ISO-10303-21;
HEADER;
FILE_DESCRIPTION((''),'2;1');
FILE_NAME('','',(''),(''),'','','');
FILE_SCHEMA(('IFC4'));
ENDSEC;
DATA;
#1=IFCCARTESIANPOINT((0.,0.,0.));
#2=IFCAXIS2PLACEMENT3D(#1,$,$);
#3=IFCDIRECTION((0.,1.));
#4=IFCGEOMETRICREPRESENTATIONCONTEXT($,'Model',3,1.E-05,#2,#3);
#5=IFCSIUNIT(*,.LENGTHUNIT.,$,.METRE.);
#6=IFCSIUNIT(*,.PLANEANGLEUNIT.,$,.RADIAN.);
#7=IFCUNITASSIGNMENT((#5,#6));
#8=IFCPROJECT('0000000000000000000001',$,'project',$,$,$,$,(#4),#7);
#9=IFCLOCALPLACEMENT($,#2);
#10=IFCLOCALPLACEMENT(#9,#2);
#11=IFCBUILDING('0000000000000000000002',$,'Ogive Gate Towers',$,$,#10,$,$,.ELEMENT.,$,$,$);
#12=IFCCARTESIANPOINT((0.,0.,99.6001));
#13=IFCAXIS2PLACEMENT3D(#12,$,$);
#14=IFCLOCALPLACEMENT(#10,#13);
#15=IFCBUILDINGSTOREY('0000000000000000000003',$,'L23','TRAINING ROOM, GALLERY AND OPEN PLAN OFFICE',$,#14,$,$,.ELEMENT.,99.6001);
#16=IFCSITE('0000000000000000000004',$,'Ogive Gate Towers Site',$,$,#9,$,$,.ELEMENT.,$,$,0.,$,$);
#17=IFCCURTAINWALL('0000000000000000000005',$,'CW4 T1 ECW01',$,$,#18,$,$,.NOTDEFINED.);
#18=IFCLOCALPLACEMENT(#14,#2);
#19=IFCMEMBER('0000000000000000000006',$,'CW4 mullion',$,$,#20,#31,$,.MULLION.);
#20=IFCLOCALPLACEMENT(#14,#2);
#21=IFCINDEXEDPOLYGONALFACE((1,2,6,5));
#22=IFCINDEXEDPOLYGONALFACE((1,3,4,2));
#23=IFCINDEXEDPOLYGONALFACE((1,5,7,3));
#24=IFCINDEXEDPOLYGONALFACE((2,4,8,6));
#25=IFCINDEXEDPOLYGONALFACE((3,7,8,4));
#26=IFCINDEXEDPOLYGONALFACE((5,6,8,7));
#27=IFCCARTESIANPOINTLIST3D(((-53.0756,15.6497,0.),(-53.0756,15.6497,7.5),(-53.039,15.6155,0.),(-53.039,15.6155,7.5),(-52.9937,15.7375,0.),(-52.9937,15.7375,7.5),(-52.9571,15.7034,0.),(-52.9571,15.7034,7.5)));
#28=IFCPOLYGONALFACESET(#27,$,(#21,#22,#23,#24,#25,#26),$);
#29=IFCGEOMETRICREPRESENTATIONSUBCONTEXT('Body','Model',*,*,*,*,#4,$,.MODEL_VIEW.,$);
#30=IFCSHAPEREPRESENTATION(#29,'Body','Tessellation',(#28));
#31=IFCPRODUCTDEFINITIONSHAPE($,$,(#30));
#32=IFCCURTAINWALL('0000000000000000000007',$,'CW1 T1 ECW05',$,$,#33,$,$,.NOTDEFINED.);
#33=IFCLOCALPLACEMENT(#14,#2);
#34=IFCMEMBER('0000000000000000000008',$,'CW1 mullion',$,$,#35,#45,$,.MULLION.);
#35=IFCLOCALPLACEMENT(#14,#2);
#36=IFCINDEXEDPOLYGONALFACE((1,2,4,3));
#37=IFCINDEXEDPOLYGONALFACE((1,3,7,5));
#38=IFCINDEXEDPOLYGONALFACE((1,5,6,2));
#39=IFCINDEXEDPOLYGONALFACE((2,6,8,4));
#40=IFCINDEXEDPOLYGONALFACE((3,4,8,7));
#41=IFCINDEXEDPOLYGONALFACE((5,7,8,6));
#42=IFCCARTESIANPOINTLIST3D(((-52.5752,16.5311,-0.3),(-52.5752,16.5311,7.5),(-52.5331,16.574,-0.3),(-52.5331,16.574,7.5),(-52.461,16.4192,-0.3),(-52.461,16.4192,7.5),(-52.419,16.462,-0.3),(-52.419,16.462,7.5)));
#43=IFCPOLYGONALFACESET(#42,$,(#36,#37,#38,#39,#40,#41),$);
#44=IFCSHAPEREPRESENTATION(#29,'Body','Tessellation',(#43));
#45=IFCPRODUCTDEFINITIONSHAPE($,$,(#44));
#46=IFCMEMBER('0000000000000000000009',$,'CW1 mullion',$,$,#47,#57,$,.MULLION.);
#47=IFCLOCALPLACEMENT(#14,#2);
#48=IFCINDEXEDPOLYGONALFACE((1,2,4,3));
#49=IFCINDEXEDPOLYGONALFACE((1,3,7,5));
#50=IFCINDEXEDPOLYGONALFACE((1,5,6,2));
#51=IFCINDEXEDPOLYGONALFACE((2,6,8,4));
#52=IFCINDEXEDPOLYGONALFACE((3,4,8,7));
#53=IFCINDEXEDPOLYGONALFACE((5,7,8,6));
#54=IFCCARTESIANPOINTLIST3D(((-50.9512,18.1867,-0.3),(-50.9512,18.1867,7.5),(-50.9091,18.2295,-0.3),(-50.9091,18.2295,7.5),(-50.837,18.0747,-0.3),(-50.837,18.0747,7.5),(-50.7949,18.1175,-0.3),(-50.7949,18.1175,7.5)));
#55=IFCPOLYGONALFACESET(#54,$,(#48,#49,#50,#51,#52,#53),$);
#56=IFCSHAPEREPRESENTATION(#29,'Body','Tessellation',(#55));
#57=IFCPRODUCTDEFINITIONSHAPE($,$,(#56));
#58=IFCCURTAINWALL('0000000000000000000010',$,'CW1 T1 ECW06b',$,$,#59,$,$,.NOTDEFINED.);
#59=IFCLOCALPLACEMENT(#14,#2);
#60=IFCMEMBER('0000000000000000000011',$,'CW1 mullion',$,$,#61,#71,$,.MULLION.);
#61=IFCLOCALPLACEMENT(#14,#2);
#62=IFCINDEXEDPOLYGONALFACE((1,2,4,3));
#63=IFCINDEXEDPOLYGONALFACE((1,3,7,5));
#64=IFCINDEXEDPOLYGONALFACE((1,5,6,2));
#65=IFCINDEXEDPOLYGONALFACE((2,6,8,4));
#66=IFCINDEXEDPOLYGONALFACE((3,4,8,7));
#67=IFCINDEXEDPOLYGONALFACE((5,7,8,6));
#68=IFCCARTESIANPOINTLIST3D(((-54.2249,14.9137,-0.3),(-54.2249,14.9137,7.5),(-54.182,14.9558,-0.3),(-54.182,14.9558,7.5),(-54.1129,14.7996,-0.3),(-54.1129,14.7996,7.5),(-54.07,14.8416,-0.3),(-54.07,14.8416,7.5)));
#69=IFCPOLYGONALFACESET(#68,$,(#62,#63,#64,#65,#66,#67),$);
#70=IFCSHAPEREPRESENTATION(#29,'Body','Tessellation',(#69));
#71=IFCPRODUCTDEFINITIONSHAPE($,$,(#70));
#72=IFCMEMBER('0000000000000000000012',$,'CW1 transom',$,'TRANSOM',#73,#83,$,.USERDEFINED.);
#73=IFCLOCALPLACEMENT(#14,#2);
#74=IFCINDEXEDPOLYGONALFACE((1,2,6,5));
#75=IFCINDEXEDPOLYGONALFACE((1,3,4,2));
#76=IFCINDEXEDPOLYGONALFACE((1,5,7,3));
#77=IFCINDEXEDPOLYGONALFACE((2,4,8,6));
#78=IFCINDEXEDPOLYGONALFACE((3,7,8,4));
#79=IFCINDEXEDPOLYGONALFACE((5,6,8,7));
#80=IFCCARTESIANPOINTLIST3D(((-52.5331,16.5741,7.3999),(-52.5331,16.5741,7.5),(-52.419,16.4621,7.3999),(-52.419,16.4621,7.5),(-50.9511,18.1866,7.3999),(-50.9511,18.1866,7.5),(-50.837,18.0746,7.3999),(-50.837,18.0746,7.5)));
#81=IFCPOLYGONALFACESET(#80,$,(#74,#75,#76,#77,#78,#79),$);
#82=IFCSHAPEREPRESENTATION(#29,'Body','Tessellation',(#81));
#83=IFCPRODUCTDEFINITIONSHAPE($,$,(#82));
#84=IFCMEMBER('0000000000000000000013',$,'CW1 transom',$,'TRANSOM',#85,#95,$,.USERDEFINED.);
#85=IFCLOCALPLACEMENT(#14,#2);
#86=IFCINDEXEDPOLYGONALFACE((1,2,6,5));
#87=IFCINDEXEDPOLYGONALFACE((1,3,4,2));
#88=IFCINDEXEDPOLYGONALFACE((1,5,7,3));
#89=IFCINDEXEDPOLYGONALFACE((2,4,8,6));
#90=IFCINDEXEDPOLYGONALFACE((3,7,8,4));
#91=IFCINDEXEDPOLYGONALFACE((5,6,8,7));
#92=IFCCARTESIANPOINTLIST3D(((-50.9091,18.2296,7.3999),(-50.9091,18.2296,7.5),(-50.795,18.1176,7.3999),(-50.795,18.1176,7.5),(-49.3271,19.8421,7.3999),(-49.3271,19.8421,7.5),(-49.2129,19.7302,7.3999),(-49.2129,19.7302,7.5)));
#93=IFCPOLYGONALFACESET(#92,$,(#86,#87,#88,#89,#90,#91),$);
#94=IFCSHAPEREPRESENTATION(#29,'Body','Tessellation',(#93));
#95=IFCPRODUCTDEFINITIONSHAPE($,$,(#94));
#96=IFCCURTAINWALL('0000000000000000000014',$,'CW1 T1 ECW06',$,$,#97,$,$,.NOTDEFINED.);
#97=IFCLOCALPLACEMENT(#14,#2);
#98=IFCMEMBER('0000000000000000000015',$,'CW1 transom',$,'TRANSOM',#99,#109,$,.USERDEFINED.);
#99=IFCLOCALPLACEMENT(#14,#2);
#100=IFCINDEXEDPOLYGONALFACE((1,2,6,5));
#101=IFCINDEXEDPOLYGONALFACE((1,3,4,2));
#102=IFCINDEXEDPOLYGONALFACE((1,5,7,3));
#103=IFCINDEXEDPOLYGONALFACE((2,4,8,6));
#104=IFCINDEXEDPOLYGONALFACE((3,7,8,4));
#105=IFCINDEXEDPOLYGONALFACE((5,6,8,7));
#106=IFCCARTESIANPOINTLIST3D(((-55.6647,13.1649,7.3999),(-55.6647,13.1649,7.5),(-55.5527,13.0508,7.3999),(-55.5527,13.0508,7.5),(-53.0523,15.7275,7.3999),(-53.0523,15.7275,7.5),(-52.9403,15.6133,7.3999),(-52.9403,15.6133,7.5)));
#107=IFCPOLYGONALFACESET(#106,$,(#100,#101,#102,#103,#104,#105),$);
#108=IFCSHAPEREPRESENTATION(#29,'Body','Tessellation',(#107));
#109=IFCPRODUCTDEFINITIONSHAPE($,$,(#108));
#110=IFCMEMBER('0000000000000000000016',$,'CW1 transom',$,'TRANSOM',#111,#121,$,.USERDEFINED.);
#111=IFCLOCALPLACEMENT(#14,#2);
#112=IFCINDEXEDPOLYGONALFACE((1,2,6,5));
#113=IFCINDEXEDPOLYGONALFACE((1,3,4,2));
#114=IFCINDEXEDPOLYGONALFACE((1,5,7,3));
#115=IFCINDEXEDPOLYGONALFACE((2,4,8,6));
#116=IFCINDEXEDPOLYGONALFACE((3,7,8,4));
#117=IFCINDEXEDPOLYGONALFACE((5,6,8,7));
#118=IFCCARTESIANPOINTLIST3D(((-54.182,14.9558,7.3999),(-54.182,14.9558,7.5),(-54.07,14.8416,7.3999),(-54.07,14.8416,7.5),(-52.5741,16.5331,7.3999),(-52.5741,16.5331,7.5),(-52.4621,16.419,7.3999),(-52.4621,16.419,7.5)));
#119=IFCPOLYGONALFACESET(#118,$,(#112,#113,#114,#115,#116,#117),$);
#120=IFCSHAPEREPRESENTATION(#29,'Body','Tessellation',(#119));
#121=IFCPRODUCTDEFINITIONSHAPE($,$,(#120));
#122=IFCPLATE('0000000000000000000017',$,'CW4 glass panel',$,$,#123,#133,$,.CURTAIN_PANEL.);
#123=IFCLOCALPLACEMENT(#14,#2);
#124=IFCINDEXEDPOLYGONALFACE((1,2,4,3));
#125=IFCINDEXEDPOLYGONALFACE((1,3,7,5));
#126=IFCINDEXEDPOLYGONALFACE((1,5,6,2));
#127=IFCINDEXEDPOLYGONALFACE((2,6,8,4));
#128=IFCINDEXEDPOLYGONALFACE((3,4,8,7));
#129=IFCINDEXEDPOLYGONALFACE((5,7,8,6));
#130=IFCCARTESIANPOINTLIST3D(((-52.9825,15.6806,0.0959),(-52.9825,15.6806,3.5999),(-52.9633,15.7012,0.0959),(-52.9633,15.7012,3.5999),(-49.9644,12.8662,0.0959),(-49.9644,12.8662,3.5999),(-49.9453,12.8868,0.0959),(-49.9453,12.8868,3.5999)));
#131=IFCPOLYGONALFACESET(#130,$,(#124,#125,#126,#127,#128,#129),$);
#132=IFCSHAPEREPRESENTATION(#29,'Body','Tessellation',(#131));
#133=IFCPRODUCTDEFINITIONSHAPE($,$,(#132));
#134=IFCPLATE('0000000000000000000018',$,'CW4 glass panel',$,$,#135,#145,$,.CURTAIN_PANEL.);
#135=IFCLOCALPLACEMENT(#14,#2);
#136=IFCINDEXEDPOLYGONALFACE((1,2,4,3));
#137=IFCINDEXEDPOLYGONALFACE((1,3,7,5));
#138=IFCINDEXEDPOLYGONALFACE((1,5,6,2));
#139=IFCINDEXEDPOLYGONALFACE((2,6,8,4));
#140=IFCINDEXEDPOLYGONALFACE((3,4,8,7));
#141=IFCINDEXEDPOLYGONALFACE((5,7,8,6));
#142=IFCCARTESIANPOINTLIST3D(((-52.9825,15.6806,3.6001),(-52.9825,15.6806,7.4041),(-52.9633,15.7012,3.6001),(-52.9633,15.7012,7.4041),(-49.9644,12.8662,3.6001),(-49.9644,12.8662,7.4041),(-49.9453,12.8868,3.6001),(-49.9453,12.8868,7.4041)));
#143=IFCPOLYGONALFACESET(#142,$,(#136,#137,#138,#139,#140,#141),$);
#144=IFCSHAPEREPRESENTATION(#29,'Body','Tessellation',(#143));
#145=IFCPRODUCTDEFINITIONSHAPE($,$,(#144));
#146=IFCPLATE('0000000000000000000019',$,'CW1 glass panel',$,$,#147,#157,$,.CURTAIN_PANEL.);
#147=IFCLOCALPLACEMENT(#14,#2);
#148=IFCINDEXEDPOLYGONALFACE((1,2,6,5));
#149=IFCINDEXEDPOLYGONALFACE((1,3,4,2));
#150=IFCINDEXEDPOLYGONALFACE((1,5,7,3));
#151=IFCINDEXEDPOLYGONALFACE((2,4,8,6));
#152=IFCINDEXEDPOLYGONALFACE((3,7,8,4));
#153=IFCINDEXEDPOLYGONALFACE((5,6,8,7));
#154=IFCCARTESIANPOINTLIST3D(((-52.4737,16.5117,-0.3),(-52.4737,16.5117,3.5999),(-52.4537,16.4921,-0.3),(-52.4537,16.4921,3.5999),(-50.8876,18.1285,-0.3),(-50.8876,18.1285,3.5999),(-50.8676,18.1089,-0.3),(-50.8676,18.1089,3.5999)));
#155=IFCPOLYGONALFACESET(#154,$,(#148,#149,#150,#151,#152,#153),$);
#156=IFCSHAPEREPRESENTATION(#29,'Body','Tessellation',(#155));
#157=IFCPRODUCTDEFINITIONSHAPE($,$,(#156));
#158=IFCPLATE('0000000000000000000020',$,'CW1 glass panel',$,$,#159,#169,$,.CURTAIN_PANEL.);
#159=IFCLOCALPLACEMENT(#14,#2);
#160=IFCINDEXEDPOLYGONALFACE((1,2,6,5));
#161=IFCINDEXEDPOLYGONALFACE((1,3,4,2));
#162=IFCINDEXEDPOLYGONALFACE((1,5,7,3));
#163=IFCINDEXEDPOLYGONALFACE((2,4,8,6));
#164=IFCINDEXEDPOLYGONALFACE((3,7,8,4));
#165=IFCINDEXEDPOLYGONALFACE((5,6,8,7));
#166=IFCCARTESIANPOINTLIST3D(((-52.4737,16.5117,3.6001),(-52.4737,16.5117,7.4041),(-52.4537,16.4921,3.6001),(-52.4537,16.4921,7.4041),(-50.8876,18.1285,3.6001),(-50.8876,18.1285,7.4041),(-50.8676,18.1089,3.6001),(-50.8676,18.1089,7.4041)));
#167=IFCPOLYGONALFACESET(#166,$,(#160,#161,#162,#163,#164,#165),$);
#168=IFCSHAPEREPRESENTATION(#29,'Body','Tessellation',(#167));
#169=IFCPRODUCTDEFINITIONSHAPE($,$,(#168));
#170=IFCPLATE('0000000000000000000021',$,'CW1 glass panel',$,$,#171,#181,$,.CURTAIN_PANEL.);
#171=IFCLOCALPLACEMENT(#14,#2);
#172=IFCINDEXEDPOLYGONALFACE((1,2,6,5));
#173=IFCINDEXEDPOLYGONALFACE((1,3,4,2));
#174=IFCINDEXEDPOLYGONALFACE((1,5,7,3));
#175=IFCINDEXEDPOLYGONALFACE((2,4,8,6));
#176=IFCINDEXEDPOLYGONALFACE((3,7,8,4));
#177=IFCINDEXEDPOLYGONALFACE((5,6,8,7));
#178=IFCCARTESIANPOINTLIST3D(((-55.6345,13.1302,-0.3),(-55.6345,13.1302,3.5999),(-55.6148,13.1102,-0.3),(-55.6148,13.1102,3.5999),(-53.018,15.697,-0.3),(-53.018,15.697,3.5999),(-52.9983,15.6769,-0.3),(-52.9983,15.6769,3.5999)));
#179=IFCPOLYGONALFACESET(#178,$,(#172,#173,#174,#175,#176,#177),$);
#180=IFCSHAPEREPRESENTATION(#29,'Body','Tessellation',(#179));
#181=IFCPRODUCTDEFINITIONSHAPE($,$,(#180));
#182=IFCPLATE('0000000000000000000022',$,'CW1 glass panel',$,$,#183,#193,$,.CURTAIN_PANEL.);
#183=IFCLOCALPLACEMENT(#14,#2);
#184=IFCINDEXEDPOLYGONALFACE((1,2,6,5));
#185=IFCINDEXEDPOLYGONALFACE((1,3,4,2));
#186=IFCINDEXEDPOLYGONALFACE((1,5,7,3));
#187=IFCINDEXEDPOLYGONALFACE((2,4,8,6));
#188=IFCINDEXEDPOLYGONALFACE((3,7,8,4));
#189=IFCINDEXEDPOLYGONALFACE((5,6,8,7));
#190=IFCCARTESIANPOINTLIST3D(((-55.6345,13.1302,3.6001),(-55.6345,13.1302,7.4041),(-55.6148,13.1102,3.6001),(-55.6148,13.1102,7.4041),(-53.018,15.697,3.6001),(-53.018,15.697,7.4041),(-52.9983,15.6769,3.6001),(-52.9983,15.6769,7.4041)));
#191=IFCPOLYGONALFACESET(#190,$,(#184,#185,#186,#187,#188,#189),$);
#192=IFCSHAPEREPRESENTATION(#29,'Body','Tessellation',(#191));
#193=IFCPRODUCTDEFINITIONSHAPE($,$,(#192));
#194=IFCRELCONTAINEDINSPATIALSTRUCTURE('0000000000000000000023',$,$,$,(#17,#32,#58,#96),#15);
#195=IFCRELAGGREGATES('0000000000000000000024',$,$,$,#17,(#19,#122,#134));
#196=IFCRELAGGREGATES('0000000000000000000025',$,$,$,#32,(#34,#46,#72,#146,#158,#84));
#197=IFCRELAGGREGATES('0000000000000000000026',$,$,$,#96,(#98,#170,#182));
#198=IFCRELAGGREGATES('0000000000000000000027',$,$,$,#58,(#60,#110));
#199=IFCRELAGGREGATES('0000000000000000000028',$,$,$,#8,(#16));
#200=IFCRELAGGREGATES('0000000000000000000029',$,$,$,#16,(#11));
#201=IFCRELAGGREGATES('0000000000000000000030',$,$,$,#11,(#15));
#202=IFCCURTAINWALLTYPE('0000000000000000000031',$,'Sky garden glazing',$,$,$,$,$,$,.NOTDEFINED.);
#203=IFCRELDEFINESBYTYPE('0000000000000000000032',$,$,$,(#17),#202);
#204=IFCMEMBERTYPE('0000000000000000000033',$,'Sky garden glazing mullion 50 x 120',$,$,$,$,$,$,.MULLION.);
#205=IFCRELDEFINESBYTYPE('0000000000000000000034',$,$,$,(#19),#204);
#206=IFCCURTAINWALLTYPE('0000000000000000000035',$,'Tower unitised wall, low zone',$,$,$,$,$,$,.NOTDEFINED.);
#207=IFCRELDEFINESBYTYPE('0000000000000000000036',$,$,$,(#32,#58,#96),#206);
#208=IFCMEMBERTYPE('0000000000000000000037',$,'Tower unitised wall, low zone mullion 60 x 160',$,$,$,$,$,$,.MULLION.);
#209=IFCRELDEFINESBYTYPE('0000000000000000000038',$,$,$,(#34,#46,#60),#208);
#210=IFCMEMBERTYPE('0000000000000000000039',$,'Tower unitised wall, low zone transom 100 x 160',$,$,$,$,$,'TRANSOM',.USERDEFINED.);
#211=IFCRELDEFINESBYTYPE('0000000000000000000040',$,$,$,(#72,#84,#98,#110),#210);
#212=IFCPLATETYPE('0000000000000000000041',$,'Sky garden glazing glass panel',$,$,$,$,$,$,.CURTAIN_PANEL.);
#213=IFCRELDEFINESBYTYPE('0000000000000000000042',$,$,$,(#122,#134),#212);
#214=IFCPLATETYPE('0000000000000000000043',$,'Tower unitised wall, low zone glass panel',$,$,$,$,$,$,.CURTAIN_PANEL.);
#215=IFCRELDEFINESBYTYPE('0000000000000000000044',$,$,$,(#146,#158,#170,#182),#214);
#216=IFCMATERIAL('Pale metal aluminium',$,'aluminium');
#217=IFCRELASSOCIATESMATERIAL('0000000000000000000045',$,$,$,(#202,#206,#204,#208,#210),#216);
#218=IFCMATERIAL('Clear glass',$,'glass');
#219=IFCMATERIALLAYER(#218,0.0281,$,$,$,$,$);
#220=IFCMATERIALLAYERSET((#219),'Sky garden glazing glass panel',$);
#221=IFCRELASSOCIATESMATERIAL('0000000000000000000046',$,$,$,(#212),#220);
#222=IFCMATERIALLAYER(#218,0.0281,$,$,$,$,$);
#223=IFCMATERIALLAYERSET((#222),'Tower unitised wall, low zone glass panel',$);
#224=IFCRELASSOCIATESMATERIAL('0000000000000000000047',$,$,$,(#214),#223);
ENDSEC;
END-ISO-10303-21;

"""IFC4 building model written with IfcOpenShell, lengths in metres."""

from ifc_helpers import new_model, si_unit, direction, frame, origin, origin_2d, place, context, subcontext, project, spatial, rectangle, extrude, material, layer, layer_set, material_profile, profile_set, type_object, element, aggregate, save


model = new_model("IFC4")

# Units and contexts
model_context = context("Model", 3, precision=1e-05, world=origin(), true_north=direction((0.0, 1.0)))
body_context = subcontext(model_context, "Body", "Model", "MODEL_VIEW")
ifc_project = project(units=[si_unit("LENGTHUNIT", "METRE"), si_unit("PLANEANGLEUNIT", "RADIAN")], contexts=[model_context])

# Site, building, storey
site_placement = place(None, origin())
site = spatial("IfcSite", under=ifc_project, at=site_placement, Name="Ogive Gate Towers Site", CompositionType="ELEMENT", RefElevation=0.0)
building_placement = place(site_placement, origin())
building = spatial("IfcBuilding", under=site, at=building_placement, Name="Ogive Gate Towers", CompositionType="ELEMENT")
storey_placement = place(building_placement, frame((0.0, 0.0, 99.6001)))
storey = spatial("IfcBuildingStorey", under=building, at=storey_placement, Name="L23", Description="TRAINING ROOM, GALLERY AND OPEN PLAN OFFICE", CompositionType="ELEMENT", Elevation=99.6001)

# Curtain wall, member
ifc_material_1 = material(Name="Pale metal aluminium", Category="aluminium")
curtain_wall_type_1 = type_object("IfcCurtainWallType", Name="Sky garden glazing", PredefinedType="NOTDEFINED", material=ifc_material_1)
curtain_wall_1_placement = place(storey_placement, origin())
curtain_wall_1 = element("IfcCurtainWall", 1, at=curtain_wall_1_placement, inside=storey, type_object=curtain_wall_type_1, Name="CW4 T1 ECW01", PredefinedType="NOTDEFINED")
ifc_material_profile_1 = material_profile(ifc_material_1, rectangle(XDim=0.1201, YDim=0.05, at=origin_2d()), Name="50 x 120 aluminium box")
ifc_profile_set_1 = profile_set([ifc_material_profile_1], Name="Pale metal aluminium")
member_type_1 = type_object("IfcMemberType", Name="Sky garden glazing mullion 50 x 120", PredefinedType="MULLION", material=ifc_profile_set_1)
member_1_placement = place(storey_placement, frame((-53.0164, 15.6765, 0.0), z_axis=(0.0, 0.0, 1.0), x_axis=(0.681998, 0.731354, 0.0)))
member_1 = element("IfcMember", 2, at=member_1_placement, type_object=member_type_1, Name="CW4 mullion", PredefinedType="MULLION", context=body_context, shape_type="SweptSolid", body=[
    extrude(rectangle(XDim=0.1201, YDim=0.05, at=origin_2d()), origin(), (0.0, 0.0, 1.0), 7.5),
])

# Curtain wall, members
curtain_wall_type_2 = type_object("IfcCurtainWallType", Name="Tower unitised wall, low zone", PredefinedType="NOTDEFINED", material=ifc_material_1)
curtain_wall_2_placement = place(storey_placement, origin())
curtain_wall_2 = element("IfcCurtainWall", 3, at=curtain_wall_2_placement, inside=storey, type_object=curtain_wall_type_2, Name="CW1 T1 ECW05", PredefinedType="NOTDEFINED")
ifc_material_profile_2 = material_profile(ifc_material_1, rectangle(XDim=0.1599, YDim=0.0601, at=origin_2d()), Name="60 x 160 aluminium box")
ifc_profile_set_2 = profile_set([ifc_material_profile_2], Name="Pale metal aluminium")
member_type_2 = type_object("IfcMemberType", Name="Tower unitised wall, low zone mullion 60 x 160", PredefinedType="MULLION", material=ifc_profile_set_2)
member_2_placement = place(storey_placement, frame((-52.4971, 16.4966, -0.3), z_axis=(0.0, 0.0, 1.0), x_axis=(0.71385, -0.700299, 0.0)))
member_2 = element("IfcMember", 4, at=member_2_placement, type_object=member_type_2, Name="CW1 mullion", PredefinedType="MULLION", context=body_context, shape_type="SweptSolid", body=[
    extrude(rectangle(XDim=0.1599, YDim=0.0601, at=origin_2d()), origin(), (0.0, 0.0, 1.0), 7.8),
])
member_3_placement = place(storey_placement, frame((-50.873, 18.1521, -0.3), z_axis=(0.0, 0.0, 1.0), x_axis=(0.71385, -0.700299, 0.0)))
member_3 = element("IfcMember", 5, at=member_3_placement, type_object=member_type_2, Name="CW1 mullion", PredefinedType="MULLION", context=body_context, shape_type="SweptSolid", body=[
    extrude(rectangle(XDim=0.1599, YDim=0.0601, at=origin_2d()), origin(), (0.0, 0.0, 1.0), 7.8),
])

# Curtain wall, member
curtain_wall_3_placement = place(storey_placement, origin())
curtain_wall_3 = element("IfcCurtainWall", 6, at=curtain_wall_3_placement, inside=storey, type_object=curtain_wall_type_2, Name="CW1 T1 ECW06b", PredefinedType="NOTDEFINED")
member_4_placement = place(storey_placement, frame((-54.1475, 14.8777, -0.3), z_axis=(0.0, 0.0, 1.0), x_axis=(0.700287, -0.713862, 0.0)))
member_4 = element("IfcMember", 7, at=member_4_placement, type_object=member_type_2, Name="CW1 mullion", PredefinedType="MULLION", context=body_context, shape_type="SweptSolid", body=[
    extrude(rectangle(XDim=0.1599, YDim=0.0601, at=origin_2d()), origin(), (0.0, 0.0, 1.0), 7.8),
])

# Members
ifc_material_profile_3 = material_profile(ifc_material_1, rectangle(XDim=0.1599, YDim=0.1001, at=origin_2d()), Name="100 x 160 aluminium box")
ifc_profile_set_3 = profile_set([ifc_material_profile_3], Name="Pale metal aluminium")
member_type_3 = type_object("IfcMemberType", Name="Tower unitised wall, low zone transom 100 x 160", ElementType="TRANSOM", PredefinedType="USERDEFINED", material=ifc_profile_set_3)
member_5_placement = place(storey_placement, frame((-52.4761, 16.5181, 7.45), z_axis=(0.70032, 0.713829, 0.0), x_axis=(-0.713829, 0.70032, 0.0)))
member_5 = element("IfcMember", 8, at=member_5_placement, type_object=member_type_3, Name="CW1 transom", ObjectType="TRANSOM", PredefinedType="USERDEFINED", context=body_context, shape_type="SweptSolid", body=[
    extrude(rectangle(XDim=0.1599, YDim=0.1001, at=origin_2d()), origin(), (0.0, 0.0, 1.0), 2.259),
])
member_6_placement = place(storey_placement, frame((-50.8521, 18.1736, 7.45), z_axis=(0.70032, 0.713829, 0.0), x_axis=(-0.713829, 0.70032, 0.0)))
member_6 = element("IfcMember", 9, at=member_6_placement, type_object=member_type_3, Name="CW1 transom", ObjectType="TRANSOM", PredefinedType="USERDEFINED", context=body_context, shape_type="SweptSolid", body=[
    extrude(rectangle(XDim=0.1599, YDim=0.1001, at=origin_2d()), origin(), (0.0, 0.0, 1.0), 2.259),
])

# Curtain wall, member
curtain_wall_4_placement = place(storey_placement, origin())
curtain_wall_4 = element("IfcCurtainWall", 10, at=curtain_wall_4_placement, inside=storey, type_object=curtain_wall_type_2, Name="CW1 T1 ECW06", PredefinedType="NOTDEFINED")
member_7_placement = place(storey_placement, frame((-52.9963, 15.6704, 7.45), z_axis=(-0.713879, -0.700269, 0.0), x_axis=(0.700269, -0.713879, 0.0)))
member_7 = element("IfcMember", 11, at=member_7_placement, type_object=member_type_3, Name="CW1 transom", ObjectType="TRANSOM", PredefinedType="USERDEFINED", context=body_context, shape_type="SweptSolid", body=[
    extrude(rectangle(XDim=0.1599, YDim=0.1001, at=origin_2d()), origin(), (0.0, 0.0, 1.0), 3.6594),
])

# Member
member_8_placement = place(storey_placement, frame((-54.126, 14.8987, 7.45), z_axis=(0.713849, 0.7003, 0.0), x_axis=(-0.7003, 0.713849, 0.0)))
member_8 = element("IfcMember", 12, at=member_8_placement, type_object=member_type_3, Name="CW1 transom", ObjectType="TRANSOM", PredefinedType="USERDEFINED", context=body_context, shape_type="SweptSolid", body=[
    extrude(rectangle(XDim=0.1599, YDim=0.1001, at=origin_2d()), origin(), (0.0, 0.0, 1.0), 2.2524),
])

# Plates
ifc_material_2 = material(Name="Clear glass", Category="glass")
ifc_layer_1 = layer(ifc_material_2, 0.0281)
ifc_layer_set_1 = layer_set([ifc_layer_1], Name="Sky garden glazing glass panel")
plate_type_1 = type_object("IfcPlateType", Name="Sky garden glazing glass panel", PredefinedType="CURTAIN_PANEL", material=ifc_layer_set_1)
plate_1_placement = place(storey_placement, frame((-51.4639, 14.2837, 0.0959), z_axis=(0.0, 0.0, 1.0), x_axis=(-0.731354, 0.681998, 0.0)))
plate_1 = element("IfcPlate", 13, at=plate_1_placement, type_object=plate_type_1, Name="CW4 glass panel", PredefinedType="CURTAIN_PANEL", context=body_context, shape_type="SweptSolid", body=[
    extrude(rectangle(XDim=4.1267, YDim=0.0281, at=origin_2d()), origin(), (0.0, 0.0, 1.0), 3.5039),
])
plate_2_placement = place(storey_placement, frame((-51.4639, 14.2837, 3.6001), z_axis=(0.0, 0.0, 1.0), x_axis=(-0.731354, 0.681998, 0.0)))
plate_2 = element("IfcPlate", 14, at=plate_2_placement, type_object=plate_type_1, Name="CW4 glass panel", PredefinedType="CURTAIN_PANEL", context=body_context, shape_type="SweptSolid", body=[
    extrude(rectangle(XDim=4.1267, YDim=0.0281, at=origin_2d()), origin(), (0.0, 0.0, 1.0), 3.804),
])
aggregate(curtain_wall_1, [member_1, plate_1, plate_2])
ifc_layer_2 = layer(ifc_material_2, 0.0281)
ifc_layer_set_2 = layer_set([ifc_layer_2], Name="Tower unitised wall, low zone glass panel")
plate_type_2 = type_object("IfcPlateType", Name="Tower unitised wall, low zone glass panel", PredefinedType="CURTAIN_PANEL", material=ifc_layer_set_2)
plate_3_placement = place(storey_placement, frame((-51.6707, 17.3103, -0.3), z_axis=(0.0, 0.0, 1.0), x_axis=(0.700299, 0.71385, 0.0)))
plate_3 = element("IfcPlate", 15, at=plate_3_placement, type_object=plate_type_2, Name="CW1 glass panel", PredefinedType="CURTAIN_PANEL", context=body_context, shape_type="SweptSolid", body=[
    extrude(rectangle(XDim=2.2649, YDim=0.0281, at=origin_2d()), origin(), (0.0, 0.0, 1.0), 3.8999),
])
plate_4_placement = place(storey_placement, frame((-51.6707, 17.3103, 3.6001), z_axis=(0.0, 0.0, 1.0), x_axis=(0.700299, 0.71385, 0.0)))
plate_4 = element("IfcPlate", 16, at=plate_4_placement, type_object=plate_type_2, Name="CW1 glass panel", PredefinedType="CURTAIN_PANEL", context=body_context, shape_type="SweptSolid", body=[
    extrude(rectangle(XDim=2.2649, YDim=0.0281, at=origin_2d()), origin(), (0.0, 0.0, 1.0), 3.804),
])
aggregate(curtain_wall_2, [member_2, member_3, member_5, plate_3, plate_4, member_6])
plate_5_placement = place(storey_placement, frame((-54.3164, 14.4036, -0.3), z_axis=(0.0, 0.0, 1.0), x_axis=(-0.713862, -0.700287, 0.0)))
plate_5 = element("IfcPlate", 17, at=plate_5_placement, type_object=plate_type_2, Name="CW1 glass panel", PredefinedType="CURTAIN_PANEL", context=body_context, shape_type="SweptSolid", body=[
    extrude(rectangle(XDim=3.6653, YDim=0.0281, at=origin_2d()), origin(), (0.0, 0.0, 1.0), 3.8999),
])
plate_6_placement = place(storey_placement, frame((-54.3164, 14.4036, 3.6001), z_axis=(0.0, 0.0, 1.0), x_axis=(-0.713862, -0.700287, 0.0)))
plate_6 = element("IfcPlate", 18, at=plate_6_placement, type_object=plate_type_2, Name="CW1 glass panel", PredefinedType="CURTAIN_PANEL", context=body_context, shape_type="SweptSolid", body=[
    extrude(rectangle(XDim=3.6653, YDim=0.0281, at=origin_2d()), origin(), (0.0, 0.0, 1.0), 3.804),
])
aggregate(curtain_wall_4, [member_7, plate_5, plate_6])
aggregate(curtain_wall_3, [member_4, member_8])

save(model, "model.ifc")
